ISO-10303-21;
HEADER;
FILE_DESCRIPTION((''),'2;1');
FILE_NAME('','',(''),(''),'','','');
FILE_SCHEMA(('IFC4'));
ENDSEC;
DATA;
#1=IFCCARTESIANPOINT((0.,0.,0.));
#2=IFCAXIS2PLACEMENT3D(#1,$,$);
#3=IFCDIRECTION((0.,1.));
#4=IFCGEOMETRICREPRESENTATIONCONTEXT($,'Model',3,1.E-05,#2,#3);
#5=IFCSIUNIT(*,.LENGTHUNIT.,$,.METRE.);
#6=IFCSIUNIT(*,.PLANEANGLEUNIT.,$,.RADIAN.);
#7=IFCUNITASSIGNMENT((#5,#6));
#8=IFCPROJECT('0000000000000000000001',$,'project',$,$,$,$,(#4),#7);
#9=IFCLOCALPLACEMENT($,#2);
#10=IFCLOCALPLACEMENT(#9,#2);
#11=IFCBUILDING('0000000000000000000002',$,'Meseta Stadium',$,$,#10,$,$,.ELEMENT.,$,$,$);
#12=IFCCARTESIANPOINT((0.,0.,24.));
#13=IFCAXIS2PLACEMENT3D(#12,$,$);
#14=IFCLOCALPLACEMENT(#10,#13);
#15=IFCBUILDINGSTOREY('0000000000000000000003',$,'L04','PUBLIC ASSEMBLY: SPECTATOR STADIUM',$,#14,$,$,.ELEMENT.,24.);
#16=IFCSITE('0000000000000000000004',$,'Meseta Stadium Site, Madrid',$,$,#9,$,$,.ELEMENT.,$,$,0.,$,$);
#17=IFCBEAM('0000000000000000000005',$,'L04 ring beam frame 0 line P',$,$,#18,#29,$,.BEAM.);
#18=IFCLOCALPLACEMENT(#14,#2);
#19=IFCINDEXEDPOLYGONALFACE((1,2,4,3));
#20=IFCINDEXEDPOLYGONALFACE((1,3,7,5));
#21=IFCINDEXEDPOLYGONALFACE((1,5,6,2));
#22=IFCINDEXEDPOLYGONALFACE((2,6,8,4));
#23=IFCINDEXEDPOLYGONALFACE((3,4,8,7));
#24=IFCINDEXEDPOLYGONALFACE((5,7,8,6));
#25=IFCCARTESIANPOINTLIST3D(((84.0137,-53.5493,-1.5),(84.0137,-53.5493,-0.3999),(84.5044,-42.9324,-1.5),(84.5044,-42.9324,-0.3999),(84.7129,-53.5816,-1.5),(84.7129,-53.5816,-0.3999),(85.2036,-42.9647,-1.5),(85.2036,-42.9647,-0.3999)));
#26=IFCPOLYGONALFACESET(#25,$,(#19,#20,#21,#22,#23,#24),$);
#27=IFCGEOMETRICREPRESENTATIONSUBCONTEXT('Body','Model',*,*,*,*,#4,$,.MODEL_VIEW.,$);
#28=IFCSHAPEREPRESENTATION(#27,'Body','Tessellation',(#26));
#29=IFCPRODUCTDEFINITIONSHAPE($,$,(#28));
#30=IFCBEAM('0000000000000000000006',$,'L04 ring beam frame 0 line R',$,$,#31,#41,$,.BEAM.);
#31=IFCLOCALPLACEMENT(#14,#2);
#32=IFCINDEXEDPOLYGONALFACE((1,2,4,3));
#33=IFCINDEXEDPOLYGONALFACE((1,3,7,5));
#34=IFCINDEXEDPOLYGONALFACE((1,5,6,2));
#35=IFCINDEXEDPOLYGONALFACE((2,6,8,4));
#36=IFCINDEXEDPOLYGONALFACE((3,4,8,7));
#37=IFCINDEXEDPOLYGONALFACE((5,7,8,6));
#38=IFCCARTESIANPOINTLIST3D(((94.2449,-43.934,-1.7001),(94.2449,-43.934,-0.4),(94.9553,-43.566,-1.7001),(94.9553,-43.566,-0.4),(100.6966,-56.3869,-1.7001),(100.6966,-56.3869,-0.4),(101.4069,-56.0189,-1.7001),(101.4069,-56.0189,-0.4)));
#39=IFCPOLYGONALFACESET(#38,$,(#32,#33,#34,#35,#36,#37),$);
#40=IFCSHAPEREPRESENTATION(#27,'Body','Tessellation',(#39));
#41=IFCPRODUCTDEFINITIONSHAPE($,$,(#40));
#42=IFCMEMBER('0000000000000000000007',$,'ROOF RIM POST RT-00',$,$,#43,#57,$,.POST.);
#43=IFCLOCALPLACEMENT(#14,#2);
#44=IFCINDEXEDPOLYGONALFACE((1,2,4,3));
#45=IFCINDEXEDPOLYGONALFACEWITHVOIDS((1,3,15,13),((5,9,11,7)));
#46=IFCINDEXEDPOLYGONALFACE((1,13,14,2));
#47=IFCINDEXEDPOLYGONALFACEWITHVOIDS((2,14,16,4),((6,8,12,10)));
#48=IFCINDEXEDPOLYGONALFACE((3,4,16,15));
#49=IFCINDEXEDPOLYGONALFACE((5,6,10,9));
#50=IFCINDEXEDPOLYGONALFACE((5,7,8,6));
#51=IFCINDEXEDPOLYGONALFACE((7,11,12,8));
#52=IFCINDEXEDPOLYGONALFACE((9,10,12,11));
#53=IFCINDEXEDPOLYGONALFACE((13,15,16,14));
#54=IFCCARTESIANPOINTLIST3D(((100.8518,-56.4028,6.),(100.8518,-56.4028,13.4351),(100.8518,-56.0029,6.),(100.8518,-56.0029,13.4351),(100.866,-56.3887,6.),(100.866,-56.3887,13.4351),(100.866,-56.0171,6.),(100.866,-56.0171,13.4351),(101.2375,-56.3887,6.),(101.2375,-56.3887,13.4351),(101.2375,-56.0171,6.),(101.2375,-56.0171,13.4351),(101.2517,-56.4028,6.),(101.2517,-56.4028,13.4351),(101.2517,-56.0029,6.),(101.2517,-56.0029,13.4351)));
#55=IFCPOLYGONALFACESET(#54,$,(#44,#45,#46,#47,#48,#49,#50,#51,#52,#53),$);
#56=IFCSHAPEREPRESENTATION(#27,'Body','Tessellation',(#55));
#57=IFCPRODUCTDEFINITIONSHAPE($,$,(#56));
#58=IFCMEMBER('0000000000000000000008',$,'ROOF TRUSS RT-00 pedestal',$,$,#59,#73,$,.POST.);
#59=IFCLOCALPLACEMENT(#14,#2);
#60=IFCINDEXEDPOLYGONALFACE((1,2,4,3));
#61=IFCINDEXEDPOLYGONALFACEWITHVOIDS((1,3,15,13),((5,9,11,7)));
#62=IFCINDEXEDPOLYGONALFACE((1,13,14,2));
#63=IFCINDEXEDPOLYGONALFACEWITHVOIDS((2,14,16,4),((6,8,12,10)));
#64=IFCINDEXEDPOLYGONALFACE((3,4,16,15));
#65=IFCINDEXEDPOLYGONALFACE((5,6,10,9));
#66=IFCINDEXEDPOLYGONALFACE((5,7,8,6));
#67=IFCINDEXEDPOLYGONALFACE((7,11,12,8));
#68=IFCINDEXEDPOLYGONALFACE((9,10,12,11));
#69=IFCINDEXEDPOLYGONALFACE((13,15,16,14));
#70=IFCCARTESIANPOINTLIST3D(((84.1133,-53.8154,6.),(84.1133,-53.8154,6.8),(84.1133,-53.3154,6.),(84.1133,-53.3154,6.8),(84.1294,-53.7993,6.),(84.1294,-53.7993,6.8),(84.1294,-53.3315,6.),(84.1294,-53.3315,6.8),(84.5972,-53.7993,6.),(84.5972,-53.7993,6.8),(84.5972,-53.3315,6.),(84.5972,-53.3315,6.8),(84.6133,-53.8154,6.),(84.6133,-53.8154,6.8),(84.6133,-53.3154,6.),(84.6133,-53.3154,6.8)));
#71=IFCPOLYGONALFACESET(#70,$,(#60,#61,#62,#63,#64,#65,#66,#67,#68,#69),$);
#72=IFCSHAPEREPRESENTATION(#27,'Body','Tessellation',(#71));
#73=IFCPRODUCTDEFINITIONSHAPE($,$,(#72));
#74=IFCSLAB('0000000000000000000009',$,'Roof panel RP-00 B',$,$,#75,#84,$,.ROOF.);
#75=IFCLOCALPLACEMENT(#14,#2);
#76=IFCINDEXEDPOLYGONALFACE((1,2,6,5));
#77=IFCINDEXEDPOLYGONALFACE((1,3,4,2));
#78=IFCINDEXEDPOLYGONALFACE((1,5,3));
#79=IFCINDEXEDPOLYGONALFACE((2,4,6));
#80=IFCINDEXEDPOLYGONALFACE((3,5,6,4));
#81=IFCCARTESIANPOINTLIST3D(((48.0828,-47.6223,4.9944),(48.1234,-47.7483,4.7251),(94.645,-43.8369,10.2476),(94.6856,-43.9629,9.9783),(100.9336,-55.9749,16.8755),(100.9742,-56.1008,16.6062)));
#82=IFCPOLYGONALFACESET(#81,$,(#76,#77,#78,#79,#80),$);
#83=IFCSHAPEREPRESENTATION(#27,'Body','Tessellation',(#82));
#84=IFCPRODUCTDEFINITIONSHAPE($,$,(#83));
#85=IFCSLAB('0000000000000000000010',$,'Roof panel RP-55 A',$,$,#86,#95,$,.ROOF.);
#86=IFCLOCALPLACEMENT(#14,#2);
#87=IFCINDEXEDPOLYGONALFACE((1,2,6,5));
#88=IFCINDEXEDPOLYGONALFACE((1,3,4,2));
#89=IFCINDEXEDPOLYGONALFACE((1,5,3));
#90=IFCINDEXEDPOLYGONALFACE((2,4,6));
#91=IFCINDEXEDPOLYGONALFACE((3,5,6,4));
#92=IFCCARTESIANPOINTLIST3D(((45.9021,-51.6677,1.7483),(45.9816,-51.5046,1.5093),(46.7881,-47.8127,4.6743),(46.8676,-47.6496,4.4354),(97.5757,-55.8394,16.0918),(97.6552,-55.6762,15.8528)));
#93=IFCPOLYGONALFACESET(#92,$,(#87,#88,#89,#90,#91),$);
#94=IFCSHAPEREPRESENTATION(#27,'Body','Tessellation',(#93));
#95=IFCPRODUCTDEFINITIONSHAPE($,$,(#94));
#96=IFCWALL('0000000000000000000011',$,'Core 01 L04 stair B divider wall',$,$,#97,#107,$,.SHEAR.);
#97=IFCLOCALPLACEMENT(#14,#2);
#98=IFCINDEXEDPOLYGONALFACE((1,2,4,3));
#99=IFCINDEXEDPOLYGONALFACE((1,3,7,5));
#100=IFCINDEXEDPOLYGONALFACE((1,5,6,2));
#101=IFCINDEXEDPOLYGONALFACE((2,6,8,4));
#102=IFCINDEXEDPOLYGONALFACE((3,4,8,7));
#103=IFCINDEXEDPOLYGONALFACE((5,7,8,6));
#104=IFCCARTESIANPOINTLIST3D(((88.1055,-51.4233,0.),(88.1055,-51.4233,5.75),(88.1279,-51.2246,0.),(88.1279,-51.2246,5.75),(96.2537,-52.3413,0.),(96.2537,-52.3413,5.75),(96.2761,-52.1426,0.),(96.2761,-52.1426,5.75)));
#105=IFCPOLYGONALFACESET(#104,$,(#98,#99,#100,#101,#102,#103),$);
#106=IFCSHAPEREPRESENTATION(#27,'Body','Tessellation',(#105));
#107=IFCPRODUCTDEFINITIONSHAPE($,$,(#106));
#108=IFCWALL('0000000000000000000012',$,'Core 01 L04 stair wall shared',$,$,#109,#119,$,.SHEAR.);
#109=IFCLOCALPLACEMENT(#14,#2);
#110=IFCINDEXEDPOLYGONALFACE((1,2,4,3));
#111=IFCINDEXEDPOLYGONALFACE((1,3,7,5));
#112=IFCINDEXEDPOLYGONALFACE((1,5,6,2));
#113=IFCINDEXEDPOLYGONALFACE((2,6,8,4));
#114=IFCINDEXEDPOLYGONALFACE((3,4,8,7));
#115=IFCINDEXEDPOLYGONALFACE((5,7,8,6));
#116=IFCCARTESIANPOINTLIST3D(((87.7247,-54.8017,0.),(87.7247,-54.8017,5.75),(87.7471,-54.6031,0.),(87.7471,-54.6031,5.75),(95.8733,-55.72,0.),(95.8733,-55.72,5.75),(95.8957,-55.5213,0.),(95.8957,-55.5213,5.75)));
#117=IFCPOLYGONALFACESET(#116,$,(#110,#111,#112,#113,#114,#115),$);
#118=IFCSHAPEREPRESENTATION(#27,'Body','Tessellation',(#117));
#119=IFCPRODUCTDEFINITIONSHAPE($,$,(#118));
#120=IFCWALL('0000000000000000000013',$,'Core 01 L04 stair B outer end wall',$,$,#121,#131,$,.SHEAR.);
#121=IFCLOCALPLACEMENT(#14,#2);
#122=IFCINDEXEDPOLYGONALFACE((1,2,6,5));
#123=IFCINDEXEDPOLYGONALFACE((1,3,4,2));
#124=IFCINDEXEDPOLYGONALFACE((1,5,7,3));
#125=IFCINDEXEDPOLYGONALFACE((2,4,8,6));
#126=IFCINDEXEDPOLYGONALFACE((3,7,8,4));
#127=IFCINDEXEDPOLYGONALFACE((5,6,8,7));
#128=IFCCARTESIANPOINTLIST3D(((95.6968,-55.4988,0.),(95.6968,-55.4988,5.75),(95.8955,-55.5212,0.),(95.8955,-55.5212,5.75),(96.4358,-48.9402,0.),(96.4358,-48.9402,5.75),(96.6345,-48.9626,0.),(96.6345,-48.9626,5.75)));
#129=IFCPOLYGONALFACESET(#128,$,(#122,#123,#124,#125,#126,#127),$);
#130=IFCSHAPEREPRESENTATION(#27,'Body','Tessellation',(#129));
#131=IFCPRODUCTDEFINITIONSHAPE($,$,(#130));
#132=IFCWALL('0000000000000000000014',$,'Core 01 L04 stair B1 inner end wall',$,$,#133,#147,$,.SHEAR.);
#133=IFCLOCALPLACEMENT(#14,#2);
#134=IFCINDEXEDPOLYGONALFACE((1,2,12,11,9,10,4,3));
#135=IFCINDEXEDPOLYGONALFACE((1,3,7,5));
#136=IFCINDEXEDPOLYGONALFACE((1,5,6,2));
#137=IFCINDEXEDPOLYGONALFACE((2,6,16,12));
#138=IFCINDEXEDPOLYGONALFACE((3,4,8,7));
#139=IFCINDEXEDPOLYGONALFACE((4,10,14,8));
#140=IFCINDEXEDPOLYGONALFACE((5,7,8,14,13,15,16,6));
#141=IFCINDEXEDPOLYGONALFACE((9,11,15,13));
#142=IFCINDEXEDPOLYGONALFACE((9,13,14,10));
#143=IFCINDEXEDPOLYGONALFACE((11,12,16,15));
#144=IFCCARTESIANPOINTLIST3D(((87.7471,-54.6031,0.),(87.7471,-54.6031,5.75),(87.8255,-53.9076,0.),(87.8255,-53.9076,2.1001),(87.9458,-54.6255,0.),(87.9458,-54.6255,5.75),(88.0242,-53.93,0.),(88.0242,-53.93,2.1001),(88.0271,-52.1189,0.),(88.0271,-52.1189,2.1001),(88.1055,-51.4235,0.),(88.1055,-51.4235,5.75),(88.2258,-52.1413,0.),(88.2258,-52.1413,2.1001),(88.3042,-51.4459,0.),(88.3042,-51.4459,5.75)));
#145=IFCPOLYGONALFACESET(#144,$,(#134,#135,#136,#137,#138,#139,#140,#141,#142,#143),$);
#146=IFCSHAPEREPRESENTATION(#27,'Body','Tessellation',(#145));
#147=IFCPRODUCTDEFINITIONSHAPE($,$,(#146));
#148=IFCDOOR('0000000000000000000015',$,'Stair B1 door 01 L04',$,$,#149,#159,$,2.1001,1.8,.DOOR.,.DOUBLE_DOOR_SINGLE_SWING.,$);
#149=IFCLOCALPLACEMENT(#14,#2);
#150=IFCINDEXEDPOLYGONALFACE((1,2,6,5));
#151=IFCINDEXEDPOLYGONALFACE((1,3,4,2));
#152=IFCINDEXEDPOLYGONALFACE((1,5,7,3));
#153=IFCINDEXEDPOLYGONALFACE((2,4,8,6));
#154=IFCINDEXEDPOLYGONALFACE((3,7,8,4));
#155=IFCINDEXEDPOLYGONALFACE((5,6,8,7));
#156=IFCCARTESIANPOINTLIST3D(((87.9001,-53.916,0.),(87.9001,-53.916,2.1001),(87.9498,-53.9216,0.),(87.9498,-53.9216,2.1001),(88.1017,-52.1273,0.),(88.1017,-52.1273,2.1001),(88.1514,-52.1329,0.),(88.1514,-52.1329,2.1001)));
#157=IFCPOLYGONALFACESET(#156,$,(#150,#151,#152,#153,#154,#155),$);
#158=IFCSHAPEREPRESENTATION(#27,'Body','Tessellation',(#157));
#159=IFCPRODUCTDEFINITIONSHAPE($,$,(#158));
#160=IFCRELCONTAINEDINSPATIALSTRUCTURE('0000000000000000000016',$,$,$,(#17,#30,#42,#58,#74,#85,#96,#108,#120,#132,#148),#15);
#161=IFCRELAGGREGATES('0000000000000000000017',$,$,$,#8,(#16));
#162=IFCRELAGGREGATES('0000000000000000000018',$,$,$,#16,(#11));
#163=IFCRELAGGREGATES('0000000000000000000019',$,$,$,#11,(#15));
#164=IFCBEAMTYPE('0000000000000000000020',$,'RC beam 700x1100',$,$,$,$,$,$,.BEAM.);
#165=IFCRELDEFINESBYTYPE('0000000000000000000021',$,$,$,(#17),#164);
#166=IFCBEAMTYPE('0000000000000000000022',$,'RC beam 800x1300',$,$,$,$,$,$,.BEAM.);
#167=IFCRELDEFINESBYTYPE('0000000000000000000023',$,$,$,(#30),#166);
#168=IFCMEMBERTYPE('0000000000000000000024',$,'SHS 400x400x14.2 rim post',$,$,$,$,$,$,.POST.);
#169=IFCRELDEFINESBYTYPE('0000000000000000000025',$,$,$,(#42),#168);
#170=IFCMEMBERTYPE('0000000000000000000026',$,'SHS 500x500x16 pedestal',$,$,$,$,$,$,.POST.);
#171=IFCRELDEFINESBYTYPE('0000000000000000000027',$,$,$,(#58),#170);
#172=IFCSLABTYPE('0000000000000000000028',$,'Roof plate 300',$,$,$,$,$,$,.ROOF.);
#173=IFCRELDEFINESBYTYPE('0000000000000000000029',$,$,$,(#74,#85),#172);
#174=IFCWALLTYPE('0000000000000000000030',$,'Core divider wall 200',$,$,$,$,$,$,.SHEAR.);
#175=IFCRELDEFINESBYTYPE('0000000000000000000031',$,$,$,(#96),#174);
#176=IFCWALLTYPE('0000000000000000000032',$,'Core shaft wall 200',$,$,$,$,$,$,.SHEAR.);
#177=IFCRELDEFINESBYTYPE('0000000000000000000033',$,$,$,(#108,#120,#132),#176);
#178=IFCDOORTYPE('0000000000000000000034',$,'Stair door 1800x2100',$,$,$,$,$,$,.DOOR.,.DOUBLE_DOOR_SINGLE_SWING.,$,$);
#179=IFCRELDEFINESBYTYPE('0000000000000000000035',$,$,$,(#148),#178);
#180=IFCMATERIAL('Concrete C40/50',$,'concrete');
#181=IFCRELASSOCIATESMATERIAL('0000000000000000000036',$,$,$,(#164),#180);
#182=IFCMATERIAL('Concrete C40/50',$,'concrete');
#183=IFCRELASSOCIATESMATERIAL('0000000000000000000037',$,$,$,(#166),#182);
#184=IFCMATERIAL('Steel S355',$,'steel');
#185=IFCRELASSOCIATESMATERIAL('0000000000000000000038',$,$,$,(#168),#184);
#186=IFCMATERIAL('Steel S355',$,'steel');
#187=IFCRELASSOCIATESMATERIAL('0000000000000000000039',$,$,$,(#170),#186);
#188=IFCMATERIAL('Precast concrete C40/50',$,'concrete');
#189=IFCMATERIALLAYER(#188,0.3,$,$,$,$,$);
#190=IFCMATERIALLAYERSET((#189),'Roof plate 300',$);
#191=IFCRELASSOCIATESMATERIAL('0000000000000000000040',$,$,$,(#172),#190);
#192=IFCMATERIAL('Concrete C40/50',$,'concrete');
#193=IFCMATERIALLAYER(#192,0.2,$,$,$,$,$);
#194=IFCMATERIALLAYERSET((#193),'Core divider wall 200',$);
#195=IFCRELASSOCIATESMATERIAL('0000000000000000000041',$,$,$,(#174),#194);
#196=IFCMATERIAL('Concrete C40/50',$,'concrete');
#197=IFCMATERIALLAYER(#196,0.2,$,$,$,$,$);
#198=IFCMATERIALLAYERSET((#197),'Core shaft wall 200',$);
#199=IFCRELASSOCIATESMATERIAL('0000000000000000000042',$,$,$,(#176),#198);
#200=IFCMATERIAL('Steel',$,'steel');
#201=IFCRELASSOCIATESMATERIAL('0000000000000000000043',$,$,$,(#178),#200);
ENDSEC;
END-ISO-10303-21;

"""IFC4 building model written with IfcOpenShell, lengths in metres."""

from ifc_helpers import new_model, si_unit, direction, frame, frame_2d, origin, origin_2d, place, context, subcontext, project, spatial, polyline, rectangle, hollow_rectangle, outline, extrude, material, layer, layer_set, material_profile, profile_set, type_object, element, fill, save


model = new_model("IFC4")

# Units and contexts
model_context = context("Model", 3, precision=1e-05, world=origin(), true_north=direction((0.0, 1.0)))
body_context = subcontext(model_context, "Body", "Model", "MODEL_VIEW")
ifc_project = project(units=[si_unit("LENGTHUNIT", "METRE"), si_unit("PLANEANGLEUNIT", "RADIAN")], contexts=[model_context])

# Site, building, storey
site_placement = place(None, origin())
site = spatial("IfcSite", under=ifc_project, at=site_placement, Name="Meseta Stadium Site, Madrid", CompositionType="ELEMENT", RefElevation=0.0)
building_placement = place(site_placement, origin())
building = spatial("IfcBuilding", under=site, at=building_placement, Name="Meseta Stadium", CompositionType="ELEMENT")
storey_placement = place(building_placement, frame((0.0, 0.0, 24.0)))
storey = spatial("IfcBuildingStorey", under=building, at=storey_placement, Name="L04", Description="PUBLIC ASSEMBLY: SPECTATOR STADIUM", CompositionType="ELEMENT", Elevation=24.0)

# Beams
ifc_material_1 = material(Name="Concrete C40/50", Category="concrete")
ifc_material_profile_1 = material_profile(ifc_material_1, rectangle(XDim=0.7, YDim=1.1001, at=origin_2d()), Name="RC 700x1100")
ifc_profile_set_1 = profile_set([ifc_material_profile_1], Name="Concrete C40/50")
beam_type_1 = type_object("IfcBeamType", Name="RC beam 700x1100", PredefinedType="BEAM", material=ifc_profile_set_1)
beam_1_placement = place(storey_placement, frame((84.3633, -53.5654, -0.95), z_axis=(0.046171, 0.998934, 0.0), x_axis=(-0.998934, 0.046171, 0.0)))
element("IfcBeam", 1, at=beam_1_placement, inside=storey, type_object=beam_type_1, Name="L04 ring beam frame 0 line P", PredefinedType="BEAM", context=body_context, shape_type="SweptSolid", body=[
    extrude(rectangle(XDim=0.7, YDim=1.1001, at=origin_2d()), origin(), (0.0, 0.0, 1.0), 10.6282),
])
ifc_material_2 = material(Name="Concrete C40/50", Category="concrete")
ifc_material_profile_2 = material_profile(ifc_material_2, rectangle(XDim=0.8, YDim=1.3, at=origin_2d()), Name="RC 800x1300")
ifc_profile_set_2 = profile_set([ifc_material_profile_2], Name="Concrete C40/50")
beam_type_2 = type_object("IfcBeamType", Name="RC beam 800x1300", PredefinedType="BEAM", material=ifc_profile_set_2)
beam_2_placement = place(storey_placement, frame((101.0518, -56.2029, -1.05), z_axis=(-0.460014, 0.887912, 0.0), x_axis=(-0.887912, -0.460014, 0.0)))
element("IfcBeam", 2, at=beam_2_placement, inside=storey, type_object=beam_type_2, Name="L04 ring beam frame 0 line R", PredefinedType="BEAM", context=body_context, shape_type="SweptSolid", body=[
    extrude(rectangle(XDim=0.8, YDim=1.3, at=origin_2d()), origin(), (0.0, 0.0, 1.0), 14.0249),
])

# Members
ifc_material_3 = material(Name="Steel S355", Category="steel")
ifc_material_profile_3 = material_profile(ifc_material_3, hollow_rectangle(XDim=0.3999, YDim=0.3999, WallThickness=0.0142, at=origin_2d()), Name="SHS 400x400x14.2")
ifc_profile_set_3 = profile_set([ifc_material_profile_3], Name="Steel S355")
member_type_1 = type_object("IfcMemberType", Name="SHS 400x400x14.2 rim post", PredefinedType="POST", material=ifc_profile_set_3)
member_1_placement = place(storey_placement, frame((101.0518, -56.2029, 6.0), z_axis=(0.0, 0.0, 1.0), x_axis=(1.0, 0.0, 0.0)))
element("IfcMember", 3, at=member_1_placement, inside=storey, type_object=member_type_1, Name="ROOF RIM POST RT-00", PredefinedType="POST", context=body_context, shape_type="SweptSolid", body=[
    extrude(hollow_rectangle(XDim=0.3999, YDim=0.3999, WallThickness=0.0142, at=origin_2d()), origin(), (0.0, 0.0, 1.0), 7.4351),
])
ifc_material_4 = material(Name="Steel S355", Category="steel")
ifc_material_profile_4 = material_profile(ifc_material_4, hollow_rectangle(XDim=0.5, YDim=0.5, WallThickness=0.0161, at=origin_2d()), Name="SHS 500x500x16")
ifc_profile_set_4 = profile_set([ifc_material_profile_4], Name="Steel S355")
member_type_2 = type_object("IfcMemberType", Name="SHS 500x500x16 pedestal", PredefinedType="POST", material=ifc_profile_set_4)
member_2_placement = place(storey_placement, frame((84.3633, -53.5654, 6.0), z_axis=(0.0, 0.0, 1.0), x_axis=(1.0, 0.0, 0.0)))
element("IfcMember", 4, at=member_2_placement, inside=storey, type_object=member_type_2, Name="ROOF TRUSS RT-00 pedestal", PredefinedType="POST", context=body_context, shape_type="SweptSolid", body=[
    extrude(hollow_rectangle(XDim=0.5, YDim=0.5, WallThickness=0.0161, at=origin_2d()), origin(), (0.0, 0.0, 1.0), 0.8),
])

# Slabs
ifc_material_5 = material(Name="Precast concrete C40/50", Category="concrete")
ifc_layer_1 = layer(ifc_material_5, 0.3)
ifc_layer_set_1 = layer_set([ifc_layer_1], Name="Roof plate 300")
slab_type = type_object("IfcSlabType", Name="Roof plate 300", PredefinedType="ROOF", material=ifc_layer_set_1)
slab_1_placement = place(storey_placement, frame((100.9336, -55.9749, 16.8755), z_axis=(-0.135384, 0.419895, 0.897418), x_axis=(-0.964255, 0.152391, -0.216769)))
element("IfcSlab", 5, at=slab_1_placement, inside=storey, type_object=slab_type, Name="Roof panel RP-00 B", PredefinedType="ROOF", context=body_context, shape_type="SweptSolid", body=[
    extrude(outline(polyline([(0.0, 0.0), (54.81, 0.0), (9.3502, -11.9741), (0.0, 0.0)])), origin(), (0.0, 0.0, -1.0), 0.3),
])
slab_2_placement = place(storey_placement, frame((97.5757, -55.8394, 16.0918), z_axis=(-0.264956, -0.543609, 0.796422), x_axis=(-0.960665, 0.077555, -0.266661)))
element("IfcSlab", 6, at=slab_2_placement, inside=storey, type_object=slab_type, Name="Roof panel RP-55 A", PredefinedType="ROOF", context=body_context, shape_type="SweptSolid", body=[
    extrude(outline(polyline([(0.0, 0.0), (53.7894, 0.0), (52.457, -4.7363), (0.0, 0.0)])), origin(), (0.0, 0.0, -1.0), 0.3),
])

# Walls
ifc_material_6 = material(Name="Concrete C40/50", Category="concrete")
ifc_layer_2 = layer(ifc_material_6, 0.2)
ifc_layer_set_2 = layer_set([ifc_layer_2], Name="Core divider wall 200")
wall_type_1 = type_object("IfcWallType", Name="Core divider wall 200", PredefinedType="SHEAR", material=ifc_layer_set_2)
wall_1_placement = place(storey_placement, frame((96.2649, -52.2419, 0.0), z_axis=(0.0, 0.0, 1.0), x_axis=(-0.993714, 0.111951, 0.0)))
element("IfcWall", 7, at=wall_1_placement, inside=storey, type_object=wall_type_1, Name="Core 01 L04 stair B divider wall", PredefinedType="SHEAR", context=body_context, shape_type="SweptSolid", body=[
    extrude(rectangle(XDim=8.1997, YDim=0.2, at=frame_2d((4.0999, 0.0))), origin(), (0.0, 0.0, 1.0), 5.75),
])
ifc_material_7 = material(Name="Concrete C40/50", Category="concrete")
ifc_layer_3 = layer(ifc_material_7, 0.2)
ifc_layer_set_3 = layer_set([ifc_layer_3], Name="Core shaft wall 200")
wall_type_2 = type_object("IfcWallType", Name="Core shaft wall 200", PredefinedType="SHEAR", material=ifc_layer_set_3)
wall_2_placement = place(storey_placement, frame((95.8845, -55.6206, 0.0), z_axis=(0.0, 0.0, 1.0), x_axis=(-0.993711, 0.111974, 0.0)))
element("IfcWall", 8, at=wall_2_placement, inside=storey, type_object=wall_type_2, Name="Core 01 L04 stair wall shared", PredefinedType="SHEAR", context=body_context, shape_type="SweptSolid", body=[
    extrude(rectangle(XDim=8.2002, YDim=0.2, at=frame_2d((4.1001, 0.0))), origin(), (0.0, 0.0, 1.0), 5.75),
])
wall_3_placement = place(storey_placement, frame((95.7961, -55.51, 0.0), z_axis=(0.0, 0.0, 1.0), x_axis=(0.11197, 0.993712, 0.0)))
element("IfcWall", 9, at=wall_3_placement, inside=storey, type_object=wall_type_2, Name="Core 01 L04 stair B outer end wall", PredefinedType="SHEAR", context=body_context, shape_type="SweptSolid", body=[
    extrude(rectangle(XDim=6.6001, YDim=0.2, at=frame_2d((3.3, 0.0))), origin(), (0.0, 0.0, 1.0), 5.75),
])

# Wall, opening, door
wall_4_placement = place(storey_placement, frame((87.8464, -54.6143, 0.0), z_axis=(0.0, 0.0, 1.0), x_axis=(0.112006, 0.993708, 0.0)))
wall_4 = element("IfcWall", 10, at=wall_4_placement, inside=storey, type_object=wall_type_2, Name="Core 01 L04 stair B1 inner end wall", PredefinedType="SHEAR", context=body_context, shape_type="SweptSolid", body=[
    extrude(rectangle(XDim=3.1997, YDim=0.2, at=frame_2d((1.5999, 0.0))), origin(), (0.0, 0.0, 1.0), 5.75),
])
opening_1_placement = place(wall_4_placement, frame((0.7, 0.0, 0.0)))
opening_1 = element("IfcOpeningElement", 11, at=opening_1_placement, cuts=wall_4, PredefinedType="OPENING", context=body_context, shape_type="SweptSolid", body=[
    extrude(rectangle(XDim=1.8, YDim=2.1001, at=frame_2d((0.8999, 1.05))), frame((0.0, 0.1099, 0.0), z_axis=(0.0, -1.0, 0.0), x_axis=(1.0, 0.0, 0.0)), (0.0, 0.0, 1.0), 0.22),
])
ifc_material_8 = material(Name="Steel", Category="steel")
door_type = type_object("IfcDoorType", Name="Stair door 1800x2100", OperationType="DOUBLE_DOOR_SINGLE_SWING", PredefinedType="DOOR", material=ifc_material_8)
door_1_placement = place(opening_1_placement, origin())
door_1 = element("IfcDoor", 12, at=door_1_placement, inside=storey, type_object=door_type, Name="Stair B1 door 01 L04", OperationType="DOUBLE_DOOR_SINGLE_SWING", OverallHeight=2.1001, OverallWidth=1.8, PredefinedType="DOOR", context=body_context, shape_type="SweptSolid", body=[
    extrude(rectangle(XDim=1.8, YDim=2.1001, at=frame_2d((0.8999, 1.05))), frame((0.0, 0.0249, 0.0), z_axis=(0.0, -1.0, 0.0), x_axis=(1.0, 0.0, 0.0)), (0.0, 0.0, 1.0), 0.05),
])
fill(opening_1, door_1)

save(model, "model.ifc")
